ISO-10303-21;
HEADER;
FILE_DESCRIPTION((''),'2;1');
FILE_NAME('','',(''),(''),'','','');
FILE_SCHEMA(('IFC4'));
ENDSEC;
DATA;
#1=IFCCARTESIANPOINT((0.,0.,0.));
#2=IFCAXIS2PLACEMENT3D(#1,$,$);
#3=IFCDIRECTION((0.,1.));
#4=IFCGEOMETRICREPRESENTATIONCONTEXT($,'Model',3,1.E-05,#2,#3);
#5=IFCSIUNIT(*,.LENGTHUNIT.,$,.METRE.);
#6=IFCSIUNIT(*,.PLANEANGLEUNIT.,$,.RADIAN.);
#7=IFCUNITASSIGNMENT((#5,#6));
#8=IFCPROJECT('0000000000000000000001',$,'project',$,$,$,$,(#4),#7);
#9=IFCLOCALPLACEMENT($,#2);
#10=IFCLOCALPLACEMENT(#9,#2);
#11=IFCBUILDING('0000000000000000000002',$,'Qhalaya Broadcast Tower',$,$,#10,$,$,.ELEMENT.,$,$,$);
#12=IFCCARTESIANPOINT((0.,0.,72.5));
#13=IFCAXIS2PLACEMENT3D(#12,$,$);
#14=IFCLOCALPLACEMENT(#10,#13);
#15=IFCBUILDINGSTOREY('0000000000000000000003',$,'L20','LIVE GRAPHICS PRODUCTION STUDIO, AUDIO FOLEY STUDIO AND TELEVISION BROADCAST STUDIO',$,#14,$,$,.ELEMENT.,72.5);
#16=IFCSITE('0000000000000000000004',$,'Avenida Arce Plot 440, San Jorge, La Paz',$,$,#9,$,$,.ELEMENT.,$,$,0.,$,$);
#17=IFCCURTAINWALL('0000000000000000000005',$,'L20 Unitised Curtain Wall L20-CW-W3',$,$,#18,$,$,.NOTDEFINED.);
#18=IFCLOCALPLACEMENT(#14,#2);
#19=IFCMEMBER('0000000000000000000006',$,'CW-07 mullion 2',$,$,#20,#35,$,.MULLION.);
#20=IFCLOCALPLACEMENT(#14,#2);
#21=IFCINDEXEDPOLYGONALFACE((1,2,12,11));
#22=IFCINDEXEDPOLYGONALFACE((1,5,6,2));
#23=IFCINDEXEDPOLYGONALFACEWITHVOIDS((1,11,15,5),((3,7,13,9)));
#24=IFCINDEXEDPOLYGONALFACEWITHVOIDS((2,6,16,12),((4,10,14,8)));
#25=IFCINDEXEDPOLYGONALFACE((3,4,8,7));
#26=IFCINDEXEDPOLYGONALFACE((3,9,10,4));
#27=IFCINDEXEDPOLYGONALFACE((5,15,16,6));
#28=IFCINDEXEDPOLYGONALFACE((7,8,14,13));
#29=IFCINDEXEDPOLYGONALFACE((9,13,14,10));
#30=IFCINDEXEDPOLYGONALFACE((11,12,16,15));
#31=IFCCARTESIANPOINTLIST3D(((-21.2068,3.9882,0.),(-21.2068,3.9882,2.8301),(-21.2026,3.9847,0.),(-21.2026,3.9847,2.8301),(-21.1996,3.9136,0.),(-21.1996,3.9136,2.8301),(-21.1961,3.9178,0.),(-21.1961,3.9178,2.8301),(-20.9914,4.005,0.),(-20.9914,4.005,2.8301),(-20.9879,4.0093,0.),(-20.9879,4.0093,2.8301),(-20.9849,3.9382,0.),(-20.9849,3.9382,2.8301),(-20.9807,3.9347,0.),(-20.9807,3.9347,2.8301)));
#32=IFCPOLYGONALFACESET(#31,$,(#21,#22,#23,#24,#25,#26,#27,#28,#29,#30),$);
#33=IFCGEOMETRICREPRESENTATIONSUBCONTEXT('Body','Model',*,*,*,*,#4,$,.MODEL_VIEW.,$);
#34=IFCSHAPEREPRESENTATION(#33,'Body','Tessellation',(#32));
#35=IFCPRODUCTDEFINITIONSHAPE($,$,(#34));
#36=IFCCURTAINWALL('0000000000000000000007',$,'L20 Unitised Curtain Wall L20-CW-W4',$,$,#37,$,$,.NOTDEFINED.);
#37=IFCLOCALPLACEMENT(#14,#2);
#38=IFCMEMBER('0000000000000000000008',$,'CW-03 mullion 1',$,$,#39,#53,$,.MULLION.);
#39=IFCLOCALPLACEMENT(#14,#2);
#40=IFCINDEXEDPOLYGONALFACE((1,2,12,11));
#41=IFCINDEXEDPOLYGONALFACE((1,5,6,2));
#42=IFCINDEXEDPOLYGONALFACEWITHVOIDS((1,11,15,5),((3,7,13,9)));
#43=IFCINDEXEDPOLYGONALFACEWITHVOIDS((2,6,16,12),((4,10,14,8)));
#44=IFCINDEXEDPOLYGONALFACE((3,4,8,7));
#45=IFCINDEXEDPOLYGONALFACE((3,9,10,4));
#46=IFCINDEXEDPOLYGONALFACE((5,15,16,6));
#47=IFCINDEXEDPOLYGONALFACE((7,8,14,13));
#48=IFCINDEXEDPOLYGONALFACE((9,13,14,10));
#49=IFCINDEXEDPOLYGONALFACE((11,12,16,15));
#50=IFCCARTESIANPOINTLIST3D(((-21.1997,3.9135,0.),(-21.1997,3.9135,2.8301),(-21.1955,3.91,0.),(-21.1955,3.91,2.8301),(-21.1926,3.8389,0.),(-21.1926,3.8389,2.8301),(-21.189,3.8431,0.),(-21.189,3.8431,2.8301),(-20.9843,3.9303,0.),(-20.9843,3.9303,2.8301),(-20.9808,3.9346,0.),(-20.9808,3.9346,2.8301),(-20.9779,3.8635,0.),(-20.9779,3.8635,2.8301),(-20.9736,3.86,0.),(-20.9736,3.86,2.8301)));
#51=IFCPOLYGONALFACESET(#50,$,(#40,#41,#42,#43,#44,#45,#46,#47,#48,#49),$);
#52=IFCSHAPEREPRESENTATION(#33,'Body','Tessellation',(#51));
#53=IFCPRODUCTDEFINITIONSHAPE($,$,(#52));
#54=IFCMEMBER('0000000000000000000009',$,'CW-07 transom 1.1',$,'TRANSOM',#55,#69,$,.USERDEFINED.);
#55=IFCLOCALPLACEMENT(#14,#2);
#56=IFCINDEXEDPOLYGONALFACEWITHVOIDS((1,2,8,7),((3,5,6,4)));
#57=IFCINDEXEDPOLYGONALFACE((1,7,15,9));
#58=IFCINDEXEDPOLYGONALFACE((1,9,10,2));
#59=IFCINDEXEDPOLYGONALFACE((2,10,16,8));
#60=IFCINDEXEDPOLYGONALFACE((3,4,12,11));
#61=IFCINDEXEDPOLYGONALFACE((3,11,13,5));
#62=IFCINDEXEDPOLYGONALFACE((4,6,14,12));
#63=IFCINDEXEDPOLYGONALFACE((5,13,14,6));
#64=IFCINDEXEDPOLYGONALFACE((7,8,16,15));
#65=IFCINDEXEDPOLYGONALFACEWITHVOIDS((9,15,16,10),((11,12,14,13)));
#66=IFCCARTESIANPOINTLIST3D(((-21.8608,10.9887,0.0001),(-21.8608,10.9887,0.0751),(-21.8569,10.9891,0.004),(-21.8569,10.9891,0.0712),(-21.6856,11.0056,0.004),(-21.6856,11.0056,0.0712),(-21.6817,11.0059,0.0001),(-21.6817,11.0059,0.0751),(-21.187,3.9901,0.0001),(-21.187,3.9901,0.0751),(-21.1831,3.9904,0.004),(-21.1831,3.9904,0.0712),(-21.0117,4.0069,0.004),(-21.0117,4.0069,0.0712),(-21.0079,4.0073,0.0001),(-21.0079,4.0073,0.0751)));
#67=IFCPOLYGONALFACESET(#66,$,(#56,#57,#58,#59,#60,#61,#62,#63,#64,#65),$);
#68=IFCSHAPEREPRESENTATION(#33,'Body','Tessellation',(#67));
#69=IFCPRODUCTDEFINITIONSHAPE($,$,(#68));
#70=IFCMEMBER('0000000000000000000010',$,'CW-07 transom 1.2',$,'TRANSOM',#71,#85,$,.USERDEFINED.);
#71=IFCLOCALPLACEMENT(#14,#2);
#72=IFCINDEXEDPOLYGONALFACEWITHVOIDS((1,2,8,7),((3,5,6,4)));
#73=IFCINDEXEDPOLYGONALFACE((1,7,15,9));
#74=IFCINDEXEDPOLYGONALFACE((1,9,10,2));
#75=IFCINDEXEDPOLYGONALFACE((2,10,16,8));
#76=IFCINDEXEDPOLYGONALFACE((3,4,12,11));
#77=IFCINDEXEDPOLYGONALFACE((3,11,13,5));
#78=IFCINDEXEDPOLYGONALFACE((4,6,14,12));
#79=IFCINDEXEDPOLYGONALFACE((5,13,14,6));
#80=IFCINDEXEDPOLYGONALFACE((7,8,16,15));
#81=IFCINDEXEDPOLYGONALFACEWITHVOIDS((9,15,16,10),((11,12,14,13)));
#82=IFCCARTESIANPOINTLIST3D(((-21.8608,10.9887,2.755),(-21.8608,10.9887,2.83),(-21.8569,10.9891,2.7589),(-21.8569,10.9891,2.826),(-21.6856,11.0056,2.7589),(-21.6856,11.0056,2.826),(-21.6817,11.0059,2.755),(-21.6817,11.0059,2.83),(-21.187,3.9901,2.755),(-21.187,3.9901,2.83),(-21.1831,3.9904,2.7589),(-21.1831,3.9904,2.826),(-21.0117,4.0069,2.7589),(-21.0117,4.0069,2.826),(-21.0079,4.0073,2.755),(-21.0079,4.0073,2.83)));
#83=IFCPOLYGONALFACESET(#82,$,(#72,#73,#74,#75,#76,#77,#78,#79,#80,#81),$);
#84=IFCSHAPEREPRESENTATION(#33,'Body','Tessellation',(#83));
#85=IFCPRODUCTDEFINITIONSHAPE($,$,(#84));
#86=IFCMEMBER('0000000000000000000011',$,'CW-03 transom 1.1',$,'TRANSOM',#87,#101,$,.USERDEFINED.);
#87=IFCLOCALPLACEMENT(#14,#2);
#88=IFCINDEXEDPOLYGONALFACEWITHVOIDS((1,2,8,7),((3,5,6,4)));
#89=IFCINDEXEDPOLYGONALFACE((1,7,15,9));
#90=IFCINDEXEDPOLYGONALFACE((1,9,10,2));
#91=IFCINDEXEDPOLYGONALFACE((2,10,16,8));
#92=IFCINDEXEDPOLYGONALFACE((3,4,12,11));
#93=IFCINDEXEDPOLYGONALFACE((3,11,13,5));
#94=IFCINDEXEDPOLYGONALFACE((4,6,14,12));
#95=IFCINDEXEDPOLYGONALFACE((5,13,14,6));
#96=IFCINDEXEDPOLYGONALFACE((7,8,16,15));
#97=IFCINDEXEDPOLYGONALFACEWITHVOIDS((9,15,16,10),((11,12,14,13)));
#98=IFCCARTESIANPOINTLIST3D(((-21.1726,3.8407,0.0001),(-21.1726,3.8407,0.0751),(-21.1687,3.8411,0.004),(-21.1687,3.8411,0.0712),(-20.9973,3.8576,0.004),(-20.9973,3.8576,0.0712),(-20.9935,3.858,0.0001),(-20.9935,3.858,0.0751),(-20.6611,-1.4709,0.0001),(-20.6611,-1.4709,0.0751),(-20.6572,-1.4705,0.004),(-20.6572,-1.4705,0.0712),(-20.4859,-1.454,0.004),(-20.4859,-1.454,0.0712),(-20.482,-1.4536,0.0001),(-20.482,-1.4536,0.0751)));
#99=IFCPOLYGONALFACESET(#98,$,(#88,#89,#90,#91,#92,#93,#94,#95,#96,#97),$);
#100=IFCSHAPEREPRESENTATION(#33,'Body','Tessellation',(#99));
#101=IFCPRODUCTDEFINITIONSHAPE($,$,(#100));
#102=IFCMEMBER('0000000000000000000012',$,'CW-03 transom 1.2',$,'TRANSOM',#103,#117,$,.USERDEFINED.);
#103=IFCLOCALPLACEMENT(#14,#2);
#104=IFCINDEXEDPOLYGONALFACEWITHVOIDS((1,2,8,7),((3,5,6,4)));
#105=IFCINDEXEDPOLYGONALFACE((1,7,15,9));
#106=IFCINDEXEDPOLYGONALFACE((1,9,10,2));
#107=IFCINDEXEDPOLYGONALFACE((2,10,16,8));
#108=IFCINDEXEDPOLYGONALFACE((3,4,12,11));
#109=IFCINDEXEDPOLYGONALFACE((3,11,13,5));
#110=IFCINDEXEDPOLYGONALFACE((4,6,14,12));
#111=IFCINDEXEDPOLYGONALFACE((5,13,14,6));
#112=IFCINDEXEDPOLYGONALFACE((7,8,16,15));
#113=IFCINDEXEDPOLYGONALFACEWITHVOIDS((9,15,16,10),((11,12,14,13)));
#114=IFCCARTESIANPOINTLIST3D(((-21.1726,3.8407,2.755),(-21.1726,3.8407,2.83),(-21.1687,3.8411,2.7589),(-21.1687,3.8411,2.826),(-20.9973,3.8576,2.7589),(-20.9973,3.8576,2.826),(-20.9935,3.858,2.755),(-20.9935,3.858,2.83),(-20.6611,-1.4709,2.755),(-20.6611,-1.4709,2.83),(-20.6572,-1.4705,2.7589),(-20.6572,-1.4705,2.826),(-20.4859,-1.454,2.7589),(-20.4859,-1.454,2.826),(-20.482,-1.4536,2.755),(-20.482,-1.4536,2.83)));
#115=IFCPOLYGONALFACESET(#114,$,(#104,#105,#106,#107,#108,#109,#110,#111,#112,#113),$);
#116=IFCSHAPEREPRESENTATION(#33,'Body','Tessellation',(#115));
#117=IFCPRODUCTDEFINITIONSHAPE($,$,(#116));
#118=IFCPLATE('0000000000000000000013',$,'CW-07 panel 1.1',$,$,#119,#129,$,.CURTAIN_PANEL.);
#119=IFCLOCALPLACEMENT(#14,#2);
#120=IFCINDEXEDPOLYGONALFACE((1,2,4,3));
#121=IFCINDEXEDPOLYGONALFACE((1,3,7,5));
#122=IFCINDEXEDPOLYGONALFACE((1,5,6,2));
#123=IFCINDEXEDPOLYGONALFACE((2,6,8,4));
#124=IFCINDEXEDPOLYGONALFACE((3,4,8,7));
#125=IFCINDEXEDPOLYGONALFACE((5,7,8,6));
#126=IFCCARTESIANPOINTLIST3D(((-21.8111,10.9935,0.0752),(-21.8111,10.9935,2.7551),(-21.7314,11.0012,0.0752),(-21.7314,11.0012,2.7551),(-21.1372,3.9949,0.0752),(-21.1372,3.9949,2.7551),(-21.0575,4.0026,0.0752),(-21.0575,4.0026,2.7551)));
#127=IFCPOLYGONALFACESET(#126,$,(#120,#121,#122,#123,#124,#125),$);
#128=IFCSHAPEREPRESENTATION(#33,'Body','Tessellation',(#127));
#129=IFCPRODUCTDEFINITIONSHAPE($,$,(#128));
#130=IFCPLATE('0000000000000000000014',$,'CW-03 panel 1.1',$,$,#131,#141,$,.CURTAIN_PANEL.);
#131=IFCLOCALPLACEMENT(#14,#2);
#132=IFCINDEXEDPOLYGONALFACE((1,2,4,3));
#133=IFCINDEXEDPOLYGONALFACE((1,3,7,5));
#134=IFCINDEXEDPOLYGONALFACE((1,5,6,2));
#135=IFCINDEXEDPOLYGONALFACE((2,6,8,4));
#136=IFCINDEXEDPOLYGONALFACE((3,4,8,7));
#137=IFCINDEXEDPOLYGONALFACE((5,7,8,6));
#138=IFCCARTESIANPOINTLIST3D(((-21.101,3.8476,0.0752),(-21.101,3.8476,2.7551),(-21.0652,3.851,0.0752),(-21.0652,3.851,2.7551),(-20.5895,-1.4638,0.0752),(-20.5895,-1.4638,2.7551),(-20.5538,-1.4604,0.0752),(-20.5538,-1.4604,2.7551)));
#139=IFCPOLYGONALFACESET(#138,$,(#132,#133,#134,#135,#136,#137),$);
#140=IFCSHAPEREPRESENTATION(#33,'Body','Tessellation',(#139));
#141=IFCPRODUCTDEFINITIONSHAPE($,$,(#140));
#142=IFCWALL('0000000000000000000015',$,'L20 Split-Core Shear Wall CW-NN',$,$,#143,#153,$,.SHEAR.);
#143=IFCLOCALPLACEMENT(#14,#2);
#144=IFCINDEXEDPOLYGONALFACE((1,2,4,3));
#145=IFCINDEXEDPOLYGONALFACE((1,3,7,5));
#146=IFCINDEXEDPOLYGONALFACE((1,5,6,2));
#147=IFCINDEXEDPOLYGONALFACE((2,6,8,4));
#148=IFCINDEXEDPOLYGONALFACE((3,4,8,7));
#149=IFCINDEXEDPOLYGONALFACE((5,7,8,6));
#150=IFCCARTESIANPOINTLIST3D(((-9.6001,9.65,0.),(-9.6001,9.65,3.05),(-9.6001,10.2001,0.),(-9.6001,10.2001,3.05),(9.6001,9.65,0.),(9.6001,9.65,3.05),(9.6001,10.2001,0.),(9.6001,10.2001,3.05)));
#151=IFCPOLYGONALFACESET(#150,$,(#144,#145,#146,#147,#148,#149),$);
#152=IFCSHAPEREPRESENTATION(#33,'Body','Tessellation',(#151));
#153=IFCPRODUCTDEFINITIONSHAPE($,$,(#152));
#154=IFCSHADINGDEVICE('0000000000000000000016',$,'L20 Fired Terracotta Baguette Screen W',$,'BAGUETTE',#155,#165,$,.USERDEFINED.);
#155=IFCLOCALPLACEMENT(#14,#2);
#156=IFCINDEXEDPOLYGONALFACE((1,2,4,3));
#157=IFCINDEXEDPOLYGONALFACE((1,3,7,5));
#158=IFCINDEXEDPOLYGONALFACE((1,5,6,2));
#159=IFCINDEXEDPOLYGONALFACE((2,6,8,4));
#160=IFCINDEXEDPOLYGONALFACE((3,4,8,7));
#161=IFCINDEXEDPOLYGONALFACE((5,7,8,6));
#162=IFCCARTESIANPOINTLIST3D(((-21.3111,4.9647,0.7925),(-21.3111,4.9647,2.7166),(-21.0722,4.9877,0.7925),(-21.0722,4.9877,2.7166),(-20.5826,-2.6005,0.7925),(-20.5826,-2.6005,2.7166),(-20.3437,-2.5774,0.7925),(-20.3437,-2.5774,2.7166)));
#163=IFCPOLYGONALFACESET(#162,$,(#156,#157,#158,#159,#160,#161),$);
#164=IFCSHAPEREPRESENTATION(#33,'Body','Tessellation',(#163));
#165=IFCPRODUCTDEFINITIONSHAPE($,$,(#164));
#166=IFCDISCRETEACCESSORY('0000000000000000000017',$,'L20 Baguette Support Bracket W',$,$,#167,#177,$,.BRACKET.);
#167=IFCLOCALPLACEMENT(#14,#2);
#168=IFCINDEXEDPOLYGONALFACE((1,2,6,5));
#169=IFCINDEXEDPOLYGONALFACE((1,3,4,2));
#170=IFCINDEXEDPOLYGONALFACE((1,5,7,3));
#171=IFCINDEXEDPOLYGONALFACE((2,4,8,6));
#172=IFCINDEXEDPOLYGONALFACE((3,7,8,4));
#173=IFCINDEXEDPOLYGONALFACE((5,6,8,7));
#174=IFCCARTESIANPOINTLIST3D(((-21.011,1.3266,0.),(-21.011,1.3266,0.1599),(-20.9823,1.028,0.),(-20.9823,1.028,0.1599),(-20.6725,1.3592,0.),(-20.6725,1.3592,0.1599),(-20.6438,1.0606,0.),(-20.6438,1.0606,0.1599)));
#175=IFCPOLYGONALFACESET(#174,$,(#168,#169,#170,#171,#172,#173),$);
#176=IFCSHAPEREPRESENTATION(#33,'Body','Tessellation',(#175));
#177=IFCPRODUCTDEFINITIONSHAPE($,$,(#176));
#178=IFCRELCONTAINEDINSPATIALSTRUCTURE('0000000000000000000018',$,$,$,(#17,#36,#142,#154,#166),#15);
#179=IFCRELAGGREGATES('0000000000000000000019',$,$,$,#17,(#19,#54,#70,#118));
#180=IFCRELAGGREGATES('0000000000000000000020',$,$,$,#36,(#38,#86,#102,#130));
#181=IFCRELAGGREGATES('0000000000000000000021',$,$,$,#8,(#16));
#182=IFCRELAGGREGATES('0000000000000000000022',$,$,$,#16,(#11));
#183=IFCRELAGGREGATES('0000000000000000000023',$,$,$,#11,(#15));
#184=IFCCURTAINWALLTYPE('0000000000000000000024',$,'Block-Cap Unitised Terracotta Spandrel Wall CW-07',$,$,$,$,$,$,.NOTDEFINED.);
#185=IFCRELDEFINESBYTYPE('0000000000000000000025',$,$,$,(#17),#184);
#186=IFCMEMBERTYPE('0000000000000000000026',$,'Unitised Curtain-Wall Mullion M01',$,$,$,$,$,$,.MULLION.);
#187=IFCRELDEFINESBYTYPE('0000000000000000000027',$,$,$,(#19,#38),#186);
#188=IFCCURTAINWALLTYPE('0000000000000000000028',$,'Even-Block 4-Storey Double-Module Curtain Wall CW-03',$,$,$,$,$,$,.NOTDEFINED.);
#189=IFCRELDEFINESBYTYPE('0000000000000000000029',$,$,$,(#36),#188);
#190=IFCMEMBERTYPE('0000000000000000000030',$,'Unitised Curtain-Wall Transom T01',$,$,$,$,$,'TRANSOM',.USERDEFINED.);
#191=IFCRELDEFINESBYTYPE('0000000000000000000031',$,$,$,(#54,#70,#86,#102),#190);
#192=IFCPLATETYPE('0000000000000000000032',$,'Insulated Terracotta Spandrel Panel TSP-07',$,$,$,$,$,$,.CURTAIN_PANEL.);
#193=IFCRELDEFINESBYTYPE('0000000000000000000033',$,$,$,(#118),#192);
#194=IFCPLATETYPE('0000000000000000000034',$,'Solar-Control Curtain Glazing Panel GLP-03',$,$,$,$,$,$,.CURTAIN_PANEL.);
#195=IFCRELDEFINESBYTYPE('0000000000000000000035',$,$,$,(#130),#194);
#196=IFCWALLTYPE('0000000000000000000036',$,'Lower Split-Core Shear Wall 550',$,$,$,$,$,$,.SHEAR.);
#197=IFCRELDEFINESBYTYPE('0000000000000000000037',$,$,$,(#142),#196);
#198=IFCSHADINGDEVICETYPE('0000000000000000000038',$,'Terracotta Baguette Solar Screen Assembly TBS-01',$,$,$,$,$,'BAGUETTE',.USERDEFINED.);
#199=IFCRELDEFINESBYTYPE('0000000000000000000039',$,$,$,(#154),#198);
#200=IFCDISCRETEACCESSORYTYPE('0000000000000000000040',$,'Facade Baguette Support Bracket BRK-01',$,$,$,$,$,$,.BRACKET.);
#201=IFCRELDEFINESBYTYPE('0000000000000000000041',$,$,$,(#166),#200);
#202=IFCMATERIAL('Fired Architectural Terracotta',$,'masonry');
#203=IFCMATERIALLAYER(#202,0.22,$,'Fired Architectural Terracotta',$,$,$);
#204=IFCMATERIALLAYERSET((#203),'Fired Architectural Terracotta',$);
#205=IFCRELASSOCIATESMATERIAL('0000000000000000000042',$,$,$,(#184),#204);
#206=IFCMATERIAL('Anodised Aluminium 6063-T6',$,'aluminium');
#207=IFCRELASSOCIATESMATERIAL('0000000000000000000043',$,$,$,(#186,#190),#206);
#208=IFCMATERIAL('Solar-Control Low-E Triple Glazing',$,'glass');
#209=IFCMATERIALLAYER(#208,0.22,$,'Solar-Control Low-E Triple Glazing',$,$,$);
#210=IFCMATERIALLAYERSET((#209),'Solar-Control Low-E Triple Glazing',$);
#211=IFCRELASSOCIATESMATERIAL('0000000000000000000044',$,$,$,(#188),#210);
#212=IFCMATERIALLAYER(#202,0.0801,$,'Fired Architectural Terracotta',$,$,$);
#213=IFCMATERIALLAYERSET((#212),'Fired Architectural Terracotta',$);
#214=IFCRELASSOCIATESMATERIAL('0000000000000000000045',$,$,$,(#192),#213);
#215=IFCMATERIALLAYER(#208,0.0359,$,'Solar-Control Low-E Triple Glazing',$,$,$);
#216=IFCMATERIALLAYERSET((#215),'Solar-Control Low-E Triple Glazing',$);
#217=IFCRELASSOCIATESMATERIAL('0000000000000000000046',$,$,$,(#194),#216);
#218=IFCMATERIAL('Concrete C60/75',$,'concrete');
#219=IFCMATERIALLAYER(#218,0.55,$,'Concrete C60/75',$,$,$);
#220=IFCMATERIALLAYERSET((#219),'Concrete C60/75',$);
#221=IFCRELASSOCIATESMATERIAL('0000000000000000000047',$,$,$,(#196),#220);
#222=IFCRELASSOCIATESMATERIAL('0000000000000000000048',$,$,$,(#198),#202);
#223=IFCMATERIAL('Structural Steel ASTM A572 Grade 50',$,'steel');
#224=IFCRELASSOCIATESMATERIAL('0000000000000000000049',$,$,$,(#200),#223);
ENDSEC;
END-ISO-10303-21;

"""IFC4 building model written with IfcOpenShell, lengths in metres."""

from ifc_helpers import new_model, si_unit, direction, frame, frame_2d, origin, origin_2d, place, context, subcontext, project, spatial, rectangle, hollow_rectangle, extrude, material, layer, layer_set, material_profile, profile_set, type_object, element, aggregate, save


model = new_model("IFC4")

# Units and contexts
model_context = context("Model", 3, precision=1e-05, world=origin(), true_north=direction((0.0, 1.0)))
body_context = subcontext(model_context, "Body", "Model", "MODEL_VIEW")
ifc_project = project(units=[si_unit("LENGTHUNIT", "METRE"), si_unit("PLANEANGLEUNIT", "RADIAN")], contexts=[model_context])

# Site, building, storey
site_placement = place(None, origin())
site = spatial("IfcSite", under=ifc_project, at=site_placement, Name="Avenida Arce Plot 440, San Jorge, La Paz", CompositionType="ELEMENT", RefElevation=0.0)
building_placement = place(site_placement, origin())
building = spatial("IfcBuilding", under=site, at=building_placement, Name="Qhalaya Broadcast Tower", CompositionType="ELEMENT")
storey_placement = place(building_placement, frame((0.0, 0.0, 72.5)))
storey = spatial("IfcBuildingStorey", under=building, at=storey_placement, Name="L20", Description="LIVE GRAPHICS PRODUCTION STUDIO, AUDIO FOLEY STUDIO AND TELEVISION BROADCAST STUDIO", CompositionType="ELEMENT", Elevation=72.5)

# Shared definitions
ifc_material_1 = material(Name="Structural Steel ASTM A572 Grade 50", Category="steel")

# Curtain wall, member
ifc_material_2 = material(Name="Fired Architectural Terracotta", Category="masonry")
ifc_layer_1 = layer(ifc_material_2, 0.22, Name="Fired Architectural Terracotta")
ifc_layer_set_1 = layer_set([ifc_layer_1], Name="Fired Architectural Terracotta")
curtain_wall_type_1 = type_object("IfcCurtainWallType", Name="Block-Cap Unitised Terracotta Spandrel Wall CW-07", PredefinedType="NOTDEFINED", material=ifc_layer_set_1)
curtain_wall_1_placement = place(storey_placement, origin())
curtain_wall_1 = element("IfcCurtainWall", 1, at=curtain_wall_1_placement, inside=storey, type_object=curtain_wall_type_1, Name="L20 Unitised Curtain Wall L20-CW-W3", PredefinedType="NOTDEFINED")
ifc_material_3 = material(Name="Anodised Aluminium 6063-T6", Category="aluminium")
ifc_material_profile_1 = material_profile(ifc_material_3, hollow_rectangle(XDim=0.075, YDim=0.22, WallThickness=0.0039, at=origin_2d()), Name="ALU-MUL 75x220x4")
ifc_profile_set_1 = profile_set([ifc_material_profile_1], Name="Anodised Aluminium 6063-T6")
member_type_1 = type_object("IfcMemberType", Name="Unitised Curtain-Wall Mullion M01", PredefinedType="MULLION", material=ifc_profile_set_1)
member_1_placement = place(storey_placement, frame((-21.0938, 3.9614, 0.0), z_axis=(0.0, 0.0, 1.0), x_axis=(0.095851, -0.995396, 0.0)))
member_1 = element("IfcMember", 2, at=member_1_placement, type_object=member_type_1, Name="CW-07 mullion 2", PredefinedType="MULLION", context=body_context, shape_type="SweptSolid", body=[
    extrude(hollow_rectangle(XDim=0.075, YDim=0.22, WallThickness=0.0039, at=origin_2d()), origin(), (0.0, 0.0, 1.0), 2.8301),
])

# Curtain wall, member
ifc_material_4 = material(Name="Solar-Control Low-E Triple Glazing", Category="glass")
ifc_layer_2 = layer(ifc_material_4, 0.22, Name="Solar-Control Low-E Triple Glazing")
ifc_layer_set_2 = layer_set([ifc_layer_2], Name="Solar-Control Low-E Triple Glazing")
curtain_wall_type_2 = type_object("IfcCurtainWallType", Name="Even-Block 4-Storey Double-Module Curtain Wall CW-03", PredefinedType="NOTDEFINED", material=ifc_layer_set_2)
curtain_wall_2_placement = place(storey_placement, origin())
curtain_wall_2 = element("IfcCurtainWall", 3, at=curtain_wall_2_placement, inside=storey, type_object=curtain_wall_type_2, Name="L20 Unitised Curtain Wall L20-CW-W4", PredefinedType="NOTDEFINED")
member_2_placement = place(storey_placement, frame((-21.0867, 3.8867, 0.0), z_axis=(0.0, 0.0, 1.0), x_axis=(0.095843, -0.995396, 0.0)))
member_2 = element("IfcMember", 4, at=member_2_placement, type_object=member_type_1, Name="CW-03 mullion 1", PredefinedType="MULLION", context=body_context, shape_type="SweptSolid", body=[
    extrude(hollow_rectangle(XDim=0.075, YDim=0.22, WallThickness=0.0039, at=origin_2d()), origin(), (0.0, 0.0, 1.0), 2.8301),
])

# Members
ifc_material_profile_2 = material_profile(ifc_material_3, hollow_rectangle(XDim=0.075, YDim=0.1799, WallThickness=0.0039, at=origin_2d()), Name="ALU-TRN 75x180x4")
ifc_profile_set_2 = profile_set([ifc_material_profile_2], Name="Anodised Aluminium 6063-T6")
member_type_2 = type_object("IfcMemberType", Name="Unitised Curtain-Wall Transom T01", ElementType="TRANSOM", PredefinedType="USERDEFINED", material=ifc_profile_set_2)
member_3_placement = place(storey_placement, frame((-21.7712, 10.9973, 0.0376), z_axis=(0.095838, -0.995397, 0.0), x_axis=(0.0, 0.0, 1.0)))
member_3 = element("IfcMember", 5, at=member_3_placement, type_object=member_type_2, Name="CW-07 transom 1.1", ObjectType="TRANSOM", PredefinedType="USERDEFINED", context=body_context, shape_type="SweptSolid", body=[
    extrude(hollow_rectangle(XDim=0.075, YDim=0.1799, WallThickness=0.0039, at=origin_2d()), origin(), (0.0, 0.0, 1.0), 7.031),
])
member_4_placement = place(storey_placement, frame((-21.7712, 10.9973, 2.7925), z_axis=(0.095838, -0.995397, 0.0), x_axis=(0.0, 0.0, 1.0)))
member_4 = element("IfcMember", 6, at=member_4_placement, type_object=member_type_2, Name="CW-07 transom 1.2", ObjectType="TRANSOM", PredefinedType="USERDEFINED", context=body_context, shape_type="SweptSolid", body=[
    extrude(hollow_rectangle(XDim=0.075, YDim=0.1799, WallThickness=0.0039, at=origin_2d()), origin(), (0.0, 0.0, 1.0), 7.031),
])
member_5_placement = place(storey_placement, frame((-21.083, 3.8494, 0.0376), z_axis=(0.095852, -0.995396, 0.0), x_axis=(0.0, 0.0, 1.0)))
member_5 = element("IfcMember", 7, at=member_5_placement, type_object=member_type_2, Name="CW-03 transom 1.1", ObjectType="TRANSOM", PredefinedType="USERDEFINED", context=body_context, shape_type="SweptSolid", body=[
    extrude(hollow_rectangle(XDim=0.075, YDim=0.1799, WallThickness=0.0039, at=origin_2d()), origin(), (0.0, 0.0, 1.0), 5.3362),
])
member_6_placement = place(storey_placement, frame((-21.083, 3.8494, 2.7925), z_axis=(0.095852, -0.995396, 0.0), x_axis=(0.0, 0.0, 1.0)))
member_6 = element("IfcMember", 8, at=member_6_placement, type_object=member_type_2, Name="CW-03 transom 1.2", ObjectType="TRANSOM", PredefinedType="USERDEFINED", context=body_context, shape_type="SweptSolid", body=[
    extrude(hollow_rectangle(XDim=0.075, YDim=0.1799, WallThickness=0.0039, at=origin_2d()), origin(), (0.0, 0.0, 1.0), 5.3362),
])

# Plates
ifc_layer_3 = layer(ifc_material_2, 0.0801, Name="Fired Architectural Terracotta")
ifc_layer_set_3 = layer_set([ifc_layer_3], Name="Fired Architectural Terracotta")
plate_type_1 = type_object("IfcPlateType", Name="Insulated Terracotta Spandrel Panel TSP-07", PredefinedType="CURTAIN_PANEL", material=ifc_layer_set_3)
plate_1_placement = place(storey_placement, frame((-21.4343, 7.498, 0.0752), z_axis=(0.0, 0.0, 1.0), x_axis=(0.095851, -0.995396, 0.0)))
plate_1 = element("IfcPlate", 9, at=plate_1_placement, type_object=plate_type_1, Name="CW-07 panel 1.1", PredefinedType="CURTAIN_PANEL", context=body_context, shape_type="SweptSolid", body=[
    extrude(rectangle(XDim=7.031, YDim=0.0801, at=origin_2d()), origin(), (0.0, 0.0, 1.0), 2.6799),
])
aggregate(curtain_wall_1, [member_1, member_3, member_4, plate_1])
ifc_layer_4 = layer(ifc_material_4, 0.0359, Name="Solar-Control Low-E Triple Glazing")
ifc_layer_set_4 = layer_set([ifc_layer_4], Name="Solar-Control Low-E Triple Glazing")
plate_type_2 = type_object("IfcPlateType", Name="Solar-Control Curtain Glazing Panel GLP-03", PredefinedType="CURTAIN_PANEL", material=ifc_layer_set_4)
plate_2_placement = place(storey_placement, frame((-20.8274, 1.1936, 0.0752), z_axis=(0.0, 0.0, 1.0), x_axis=(0.095843, -0.995396, 0.0)))
plate_2 = element("IfcPlate", 10, at=plate_2_placement, type_object=plate_type_2, Name="CW-03 panel 1.1", PredefinedType="CURTAIN_PANEL", context=body_context, shape_type="SweptSolid", body=[
    extrude(rectangle(XDim=5.3359, YDim=0.0359, at=origin_2d()), origin(), (0.0, 0.0, 1.0), 2.6799),
])
aggregate(curtain_wall_2, [member_2, member_5, member_6, plate_2])

# Wall
ifc_material_5 = material(Name="Concrete C60/75", Category="concrete")
ifc_layer_5 = layer(ifc_material_5, 0.55, Name="Concrete C60/75")
ifc_layer_set_5 = layer_set([ifc_layer_5], Name="Concrete C60/75")
wall_type = type_object("IfcWallType", Name="Lower Split-Core Shear Wall 550", PredefinedType="SHEAR", material=ifc_layer_set_5)
wall_1_placement = place(storey_placement, frame((-9.6001, 9.925, 0.0), z_axis=(0.0, 0.0, 1.0), x_axis=(1.0, 0.0, 0.0)))
element("IfcWall", 11, at=wall_1_placement, inside=storey, type_object=wall_type, Name="L20 Split-Core Shear Wall CW-NN", PredefinedType="SHEAR", context=body_context, shape_type="SweptSolid", body=[
    extrude(rectangle(XDim=19.2002, YDim=0.55, at=frame_2d((9.6001, 0.0))), origin(), (0.0, 0.0, 1.0), 3.05),
])

# Shading device
shading_device_type = type_object("IfcShadingDeviceType", Name="Terracotta Baguette Solar Screen Assembly TBS-01", ElementType="BAGUETTE", PredefinedType="USERDEFINED", material=ifc_material_2)
shading_device_placement = place(storey_placement, frame((-20.8274, 1.1936, 0.7925), z_axis=(0.0, 0.0, 1.0), x_axis=(0.095846, -0.995396, 0.0)))
element("IfcShadingDevice", 12, at=shading_device_placement, inside=storey, type_object=shading_device_type, Name="L20 Fired Terracotta Baguette Screen W", ObjectType="BAGUETTE", PredefinedType="USERDEFINED", context=body_context, shape_type="SweptSolid", body=[
    extrude(rectangle(XDim=7.6001, YDim=0.24, at=origin_2d()), origin(), (0.0, 0.0, 1.0), 1.9241),
])

# Discrete accessory
discrete_accessory_type = type_object("IfcDiscreteAccessoryType", Name="Facade Baguette Support Bracket BRK-01", PredefinedType="BRACKET", material=ifc_material_1)
discrete_accessory_placement = place(storey_placement, frame((-20.8274, 1.1936, 0.0), z_axis=(0.0, 0.0, 1.0), x_axis=(0.095846, -0.995396, 0.0)))
element("IfcDiscreteAccessory", 13, at=discrete_accessory_placement, inside=storey, type_object=discrete_accessory_type, Name="L20 Baguette Support Bracket W", PredefinedType="BRACKET", context=body_context, shape_type="SweptSolid", body=[
    extrude(rectangle(XDim=0.3, YDim=0.3401, at=origin_2d()), origin(), (0.0, 0.0, 1.0), 0.1599),
])

save(model, "model.ifc")
